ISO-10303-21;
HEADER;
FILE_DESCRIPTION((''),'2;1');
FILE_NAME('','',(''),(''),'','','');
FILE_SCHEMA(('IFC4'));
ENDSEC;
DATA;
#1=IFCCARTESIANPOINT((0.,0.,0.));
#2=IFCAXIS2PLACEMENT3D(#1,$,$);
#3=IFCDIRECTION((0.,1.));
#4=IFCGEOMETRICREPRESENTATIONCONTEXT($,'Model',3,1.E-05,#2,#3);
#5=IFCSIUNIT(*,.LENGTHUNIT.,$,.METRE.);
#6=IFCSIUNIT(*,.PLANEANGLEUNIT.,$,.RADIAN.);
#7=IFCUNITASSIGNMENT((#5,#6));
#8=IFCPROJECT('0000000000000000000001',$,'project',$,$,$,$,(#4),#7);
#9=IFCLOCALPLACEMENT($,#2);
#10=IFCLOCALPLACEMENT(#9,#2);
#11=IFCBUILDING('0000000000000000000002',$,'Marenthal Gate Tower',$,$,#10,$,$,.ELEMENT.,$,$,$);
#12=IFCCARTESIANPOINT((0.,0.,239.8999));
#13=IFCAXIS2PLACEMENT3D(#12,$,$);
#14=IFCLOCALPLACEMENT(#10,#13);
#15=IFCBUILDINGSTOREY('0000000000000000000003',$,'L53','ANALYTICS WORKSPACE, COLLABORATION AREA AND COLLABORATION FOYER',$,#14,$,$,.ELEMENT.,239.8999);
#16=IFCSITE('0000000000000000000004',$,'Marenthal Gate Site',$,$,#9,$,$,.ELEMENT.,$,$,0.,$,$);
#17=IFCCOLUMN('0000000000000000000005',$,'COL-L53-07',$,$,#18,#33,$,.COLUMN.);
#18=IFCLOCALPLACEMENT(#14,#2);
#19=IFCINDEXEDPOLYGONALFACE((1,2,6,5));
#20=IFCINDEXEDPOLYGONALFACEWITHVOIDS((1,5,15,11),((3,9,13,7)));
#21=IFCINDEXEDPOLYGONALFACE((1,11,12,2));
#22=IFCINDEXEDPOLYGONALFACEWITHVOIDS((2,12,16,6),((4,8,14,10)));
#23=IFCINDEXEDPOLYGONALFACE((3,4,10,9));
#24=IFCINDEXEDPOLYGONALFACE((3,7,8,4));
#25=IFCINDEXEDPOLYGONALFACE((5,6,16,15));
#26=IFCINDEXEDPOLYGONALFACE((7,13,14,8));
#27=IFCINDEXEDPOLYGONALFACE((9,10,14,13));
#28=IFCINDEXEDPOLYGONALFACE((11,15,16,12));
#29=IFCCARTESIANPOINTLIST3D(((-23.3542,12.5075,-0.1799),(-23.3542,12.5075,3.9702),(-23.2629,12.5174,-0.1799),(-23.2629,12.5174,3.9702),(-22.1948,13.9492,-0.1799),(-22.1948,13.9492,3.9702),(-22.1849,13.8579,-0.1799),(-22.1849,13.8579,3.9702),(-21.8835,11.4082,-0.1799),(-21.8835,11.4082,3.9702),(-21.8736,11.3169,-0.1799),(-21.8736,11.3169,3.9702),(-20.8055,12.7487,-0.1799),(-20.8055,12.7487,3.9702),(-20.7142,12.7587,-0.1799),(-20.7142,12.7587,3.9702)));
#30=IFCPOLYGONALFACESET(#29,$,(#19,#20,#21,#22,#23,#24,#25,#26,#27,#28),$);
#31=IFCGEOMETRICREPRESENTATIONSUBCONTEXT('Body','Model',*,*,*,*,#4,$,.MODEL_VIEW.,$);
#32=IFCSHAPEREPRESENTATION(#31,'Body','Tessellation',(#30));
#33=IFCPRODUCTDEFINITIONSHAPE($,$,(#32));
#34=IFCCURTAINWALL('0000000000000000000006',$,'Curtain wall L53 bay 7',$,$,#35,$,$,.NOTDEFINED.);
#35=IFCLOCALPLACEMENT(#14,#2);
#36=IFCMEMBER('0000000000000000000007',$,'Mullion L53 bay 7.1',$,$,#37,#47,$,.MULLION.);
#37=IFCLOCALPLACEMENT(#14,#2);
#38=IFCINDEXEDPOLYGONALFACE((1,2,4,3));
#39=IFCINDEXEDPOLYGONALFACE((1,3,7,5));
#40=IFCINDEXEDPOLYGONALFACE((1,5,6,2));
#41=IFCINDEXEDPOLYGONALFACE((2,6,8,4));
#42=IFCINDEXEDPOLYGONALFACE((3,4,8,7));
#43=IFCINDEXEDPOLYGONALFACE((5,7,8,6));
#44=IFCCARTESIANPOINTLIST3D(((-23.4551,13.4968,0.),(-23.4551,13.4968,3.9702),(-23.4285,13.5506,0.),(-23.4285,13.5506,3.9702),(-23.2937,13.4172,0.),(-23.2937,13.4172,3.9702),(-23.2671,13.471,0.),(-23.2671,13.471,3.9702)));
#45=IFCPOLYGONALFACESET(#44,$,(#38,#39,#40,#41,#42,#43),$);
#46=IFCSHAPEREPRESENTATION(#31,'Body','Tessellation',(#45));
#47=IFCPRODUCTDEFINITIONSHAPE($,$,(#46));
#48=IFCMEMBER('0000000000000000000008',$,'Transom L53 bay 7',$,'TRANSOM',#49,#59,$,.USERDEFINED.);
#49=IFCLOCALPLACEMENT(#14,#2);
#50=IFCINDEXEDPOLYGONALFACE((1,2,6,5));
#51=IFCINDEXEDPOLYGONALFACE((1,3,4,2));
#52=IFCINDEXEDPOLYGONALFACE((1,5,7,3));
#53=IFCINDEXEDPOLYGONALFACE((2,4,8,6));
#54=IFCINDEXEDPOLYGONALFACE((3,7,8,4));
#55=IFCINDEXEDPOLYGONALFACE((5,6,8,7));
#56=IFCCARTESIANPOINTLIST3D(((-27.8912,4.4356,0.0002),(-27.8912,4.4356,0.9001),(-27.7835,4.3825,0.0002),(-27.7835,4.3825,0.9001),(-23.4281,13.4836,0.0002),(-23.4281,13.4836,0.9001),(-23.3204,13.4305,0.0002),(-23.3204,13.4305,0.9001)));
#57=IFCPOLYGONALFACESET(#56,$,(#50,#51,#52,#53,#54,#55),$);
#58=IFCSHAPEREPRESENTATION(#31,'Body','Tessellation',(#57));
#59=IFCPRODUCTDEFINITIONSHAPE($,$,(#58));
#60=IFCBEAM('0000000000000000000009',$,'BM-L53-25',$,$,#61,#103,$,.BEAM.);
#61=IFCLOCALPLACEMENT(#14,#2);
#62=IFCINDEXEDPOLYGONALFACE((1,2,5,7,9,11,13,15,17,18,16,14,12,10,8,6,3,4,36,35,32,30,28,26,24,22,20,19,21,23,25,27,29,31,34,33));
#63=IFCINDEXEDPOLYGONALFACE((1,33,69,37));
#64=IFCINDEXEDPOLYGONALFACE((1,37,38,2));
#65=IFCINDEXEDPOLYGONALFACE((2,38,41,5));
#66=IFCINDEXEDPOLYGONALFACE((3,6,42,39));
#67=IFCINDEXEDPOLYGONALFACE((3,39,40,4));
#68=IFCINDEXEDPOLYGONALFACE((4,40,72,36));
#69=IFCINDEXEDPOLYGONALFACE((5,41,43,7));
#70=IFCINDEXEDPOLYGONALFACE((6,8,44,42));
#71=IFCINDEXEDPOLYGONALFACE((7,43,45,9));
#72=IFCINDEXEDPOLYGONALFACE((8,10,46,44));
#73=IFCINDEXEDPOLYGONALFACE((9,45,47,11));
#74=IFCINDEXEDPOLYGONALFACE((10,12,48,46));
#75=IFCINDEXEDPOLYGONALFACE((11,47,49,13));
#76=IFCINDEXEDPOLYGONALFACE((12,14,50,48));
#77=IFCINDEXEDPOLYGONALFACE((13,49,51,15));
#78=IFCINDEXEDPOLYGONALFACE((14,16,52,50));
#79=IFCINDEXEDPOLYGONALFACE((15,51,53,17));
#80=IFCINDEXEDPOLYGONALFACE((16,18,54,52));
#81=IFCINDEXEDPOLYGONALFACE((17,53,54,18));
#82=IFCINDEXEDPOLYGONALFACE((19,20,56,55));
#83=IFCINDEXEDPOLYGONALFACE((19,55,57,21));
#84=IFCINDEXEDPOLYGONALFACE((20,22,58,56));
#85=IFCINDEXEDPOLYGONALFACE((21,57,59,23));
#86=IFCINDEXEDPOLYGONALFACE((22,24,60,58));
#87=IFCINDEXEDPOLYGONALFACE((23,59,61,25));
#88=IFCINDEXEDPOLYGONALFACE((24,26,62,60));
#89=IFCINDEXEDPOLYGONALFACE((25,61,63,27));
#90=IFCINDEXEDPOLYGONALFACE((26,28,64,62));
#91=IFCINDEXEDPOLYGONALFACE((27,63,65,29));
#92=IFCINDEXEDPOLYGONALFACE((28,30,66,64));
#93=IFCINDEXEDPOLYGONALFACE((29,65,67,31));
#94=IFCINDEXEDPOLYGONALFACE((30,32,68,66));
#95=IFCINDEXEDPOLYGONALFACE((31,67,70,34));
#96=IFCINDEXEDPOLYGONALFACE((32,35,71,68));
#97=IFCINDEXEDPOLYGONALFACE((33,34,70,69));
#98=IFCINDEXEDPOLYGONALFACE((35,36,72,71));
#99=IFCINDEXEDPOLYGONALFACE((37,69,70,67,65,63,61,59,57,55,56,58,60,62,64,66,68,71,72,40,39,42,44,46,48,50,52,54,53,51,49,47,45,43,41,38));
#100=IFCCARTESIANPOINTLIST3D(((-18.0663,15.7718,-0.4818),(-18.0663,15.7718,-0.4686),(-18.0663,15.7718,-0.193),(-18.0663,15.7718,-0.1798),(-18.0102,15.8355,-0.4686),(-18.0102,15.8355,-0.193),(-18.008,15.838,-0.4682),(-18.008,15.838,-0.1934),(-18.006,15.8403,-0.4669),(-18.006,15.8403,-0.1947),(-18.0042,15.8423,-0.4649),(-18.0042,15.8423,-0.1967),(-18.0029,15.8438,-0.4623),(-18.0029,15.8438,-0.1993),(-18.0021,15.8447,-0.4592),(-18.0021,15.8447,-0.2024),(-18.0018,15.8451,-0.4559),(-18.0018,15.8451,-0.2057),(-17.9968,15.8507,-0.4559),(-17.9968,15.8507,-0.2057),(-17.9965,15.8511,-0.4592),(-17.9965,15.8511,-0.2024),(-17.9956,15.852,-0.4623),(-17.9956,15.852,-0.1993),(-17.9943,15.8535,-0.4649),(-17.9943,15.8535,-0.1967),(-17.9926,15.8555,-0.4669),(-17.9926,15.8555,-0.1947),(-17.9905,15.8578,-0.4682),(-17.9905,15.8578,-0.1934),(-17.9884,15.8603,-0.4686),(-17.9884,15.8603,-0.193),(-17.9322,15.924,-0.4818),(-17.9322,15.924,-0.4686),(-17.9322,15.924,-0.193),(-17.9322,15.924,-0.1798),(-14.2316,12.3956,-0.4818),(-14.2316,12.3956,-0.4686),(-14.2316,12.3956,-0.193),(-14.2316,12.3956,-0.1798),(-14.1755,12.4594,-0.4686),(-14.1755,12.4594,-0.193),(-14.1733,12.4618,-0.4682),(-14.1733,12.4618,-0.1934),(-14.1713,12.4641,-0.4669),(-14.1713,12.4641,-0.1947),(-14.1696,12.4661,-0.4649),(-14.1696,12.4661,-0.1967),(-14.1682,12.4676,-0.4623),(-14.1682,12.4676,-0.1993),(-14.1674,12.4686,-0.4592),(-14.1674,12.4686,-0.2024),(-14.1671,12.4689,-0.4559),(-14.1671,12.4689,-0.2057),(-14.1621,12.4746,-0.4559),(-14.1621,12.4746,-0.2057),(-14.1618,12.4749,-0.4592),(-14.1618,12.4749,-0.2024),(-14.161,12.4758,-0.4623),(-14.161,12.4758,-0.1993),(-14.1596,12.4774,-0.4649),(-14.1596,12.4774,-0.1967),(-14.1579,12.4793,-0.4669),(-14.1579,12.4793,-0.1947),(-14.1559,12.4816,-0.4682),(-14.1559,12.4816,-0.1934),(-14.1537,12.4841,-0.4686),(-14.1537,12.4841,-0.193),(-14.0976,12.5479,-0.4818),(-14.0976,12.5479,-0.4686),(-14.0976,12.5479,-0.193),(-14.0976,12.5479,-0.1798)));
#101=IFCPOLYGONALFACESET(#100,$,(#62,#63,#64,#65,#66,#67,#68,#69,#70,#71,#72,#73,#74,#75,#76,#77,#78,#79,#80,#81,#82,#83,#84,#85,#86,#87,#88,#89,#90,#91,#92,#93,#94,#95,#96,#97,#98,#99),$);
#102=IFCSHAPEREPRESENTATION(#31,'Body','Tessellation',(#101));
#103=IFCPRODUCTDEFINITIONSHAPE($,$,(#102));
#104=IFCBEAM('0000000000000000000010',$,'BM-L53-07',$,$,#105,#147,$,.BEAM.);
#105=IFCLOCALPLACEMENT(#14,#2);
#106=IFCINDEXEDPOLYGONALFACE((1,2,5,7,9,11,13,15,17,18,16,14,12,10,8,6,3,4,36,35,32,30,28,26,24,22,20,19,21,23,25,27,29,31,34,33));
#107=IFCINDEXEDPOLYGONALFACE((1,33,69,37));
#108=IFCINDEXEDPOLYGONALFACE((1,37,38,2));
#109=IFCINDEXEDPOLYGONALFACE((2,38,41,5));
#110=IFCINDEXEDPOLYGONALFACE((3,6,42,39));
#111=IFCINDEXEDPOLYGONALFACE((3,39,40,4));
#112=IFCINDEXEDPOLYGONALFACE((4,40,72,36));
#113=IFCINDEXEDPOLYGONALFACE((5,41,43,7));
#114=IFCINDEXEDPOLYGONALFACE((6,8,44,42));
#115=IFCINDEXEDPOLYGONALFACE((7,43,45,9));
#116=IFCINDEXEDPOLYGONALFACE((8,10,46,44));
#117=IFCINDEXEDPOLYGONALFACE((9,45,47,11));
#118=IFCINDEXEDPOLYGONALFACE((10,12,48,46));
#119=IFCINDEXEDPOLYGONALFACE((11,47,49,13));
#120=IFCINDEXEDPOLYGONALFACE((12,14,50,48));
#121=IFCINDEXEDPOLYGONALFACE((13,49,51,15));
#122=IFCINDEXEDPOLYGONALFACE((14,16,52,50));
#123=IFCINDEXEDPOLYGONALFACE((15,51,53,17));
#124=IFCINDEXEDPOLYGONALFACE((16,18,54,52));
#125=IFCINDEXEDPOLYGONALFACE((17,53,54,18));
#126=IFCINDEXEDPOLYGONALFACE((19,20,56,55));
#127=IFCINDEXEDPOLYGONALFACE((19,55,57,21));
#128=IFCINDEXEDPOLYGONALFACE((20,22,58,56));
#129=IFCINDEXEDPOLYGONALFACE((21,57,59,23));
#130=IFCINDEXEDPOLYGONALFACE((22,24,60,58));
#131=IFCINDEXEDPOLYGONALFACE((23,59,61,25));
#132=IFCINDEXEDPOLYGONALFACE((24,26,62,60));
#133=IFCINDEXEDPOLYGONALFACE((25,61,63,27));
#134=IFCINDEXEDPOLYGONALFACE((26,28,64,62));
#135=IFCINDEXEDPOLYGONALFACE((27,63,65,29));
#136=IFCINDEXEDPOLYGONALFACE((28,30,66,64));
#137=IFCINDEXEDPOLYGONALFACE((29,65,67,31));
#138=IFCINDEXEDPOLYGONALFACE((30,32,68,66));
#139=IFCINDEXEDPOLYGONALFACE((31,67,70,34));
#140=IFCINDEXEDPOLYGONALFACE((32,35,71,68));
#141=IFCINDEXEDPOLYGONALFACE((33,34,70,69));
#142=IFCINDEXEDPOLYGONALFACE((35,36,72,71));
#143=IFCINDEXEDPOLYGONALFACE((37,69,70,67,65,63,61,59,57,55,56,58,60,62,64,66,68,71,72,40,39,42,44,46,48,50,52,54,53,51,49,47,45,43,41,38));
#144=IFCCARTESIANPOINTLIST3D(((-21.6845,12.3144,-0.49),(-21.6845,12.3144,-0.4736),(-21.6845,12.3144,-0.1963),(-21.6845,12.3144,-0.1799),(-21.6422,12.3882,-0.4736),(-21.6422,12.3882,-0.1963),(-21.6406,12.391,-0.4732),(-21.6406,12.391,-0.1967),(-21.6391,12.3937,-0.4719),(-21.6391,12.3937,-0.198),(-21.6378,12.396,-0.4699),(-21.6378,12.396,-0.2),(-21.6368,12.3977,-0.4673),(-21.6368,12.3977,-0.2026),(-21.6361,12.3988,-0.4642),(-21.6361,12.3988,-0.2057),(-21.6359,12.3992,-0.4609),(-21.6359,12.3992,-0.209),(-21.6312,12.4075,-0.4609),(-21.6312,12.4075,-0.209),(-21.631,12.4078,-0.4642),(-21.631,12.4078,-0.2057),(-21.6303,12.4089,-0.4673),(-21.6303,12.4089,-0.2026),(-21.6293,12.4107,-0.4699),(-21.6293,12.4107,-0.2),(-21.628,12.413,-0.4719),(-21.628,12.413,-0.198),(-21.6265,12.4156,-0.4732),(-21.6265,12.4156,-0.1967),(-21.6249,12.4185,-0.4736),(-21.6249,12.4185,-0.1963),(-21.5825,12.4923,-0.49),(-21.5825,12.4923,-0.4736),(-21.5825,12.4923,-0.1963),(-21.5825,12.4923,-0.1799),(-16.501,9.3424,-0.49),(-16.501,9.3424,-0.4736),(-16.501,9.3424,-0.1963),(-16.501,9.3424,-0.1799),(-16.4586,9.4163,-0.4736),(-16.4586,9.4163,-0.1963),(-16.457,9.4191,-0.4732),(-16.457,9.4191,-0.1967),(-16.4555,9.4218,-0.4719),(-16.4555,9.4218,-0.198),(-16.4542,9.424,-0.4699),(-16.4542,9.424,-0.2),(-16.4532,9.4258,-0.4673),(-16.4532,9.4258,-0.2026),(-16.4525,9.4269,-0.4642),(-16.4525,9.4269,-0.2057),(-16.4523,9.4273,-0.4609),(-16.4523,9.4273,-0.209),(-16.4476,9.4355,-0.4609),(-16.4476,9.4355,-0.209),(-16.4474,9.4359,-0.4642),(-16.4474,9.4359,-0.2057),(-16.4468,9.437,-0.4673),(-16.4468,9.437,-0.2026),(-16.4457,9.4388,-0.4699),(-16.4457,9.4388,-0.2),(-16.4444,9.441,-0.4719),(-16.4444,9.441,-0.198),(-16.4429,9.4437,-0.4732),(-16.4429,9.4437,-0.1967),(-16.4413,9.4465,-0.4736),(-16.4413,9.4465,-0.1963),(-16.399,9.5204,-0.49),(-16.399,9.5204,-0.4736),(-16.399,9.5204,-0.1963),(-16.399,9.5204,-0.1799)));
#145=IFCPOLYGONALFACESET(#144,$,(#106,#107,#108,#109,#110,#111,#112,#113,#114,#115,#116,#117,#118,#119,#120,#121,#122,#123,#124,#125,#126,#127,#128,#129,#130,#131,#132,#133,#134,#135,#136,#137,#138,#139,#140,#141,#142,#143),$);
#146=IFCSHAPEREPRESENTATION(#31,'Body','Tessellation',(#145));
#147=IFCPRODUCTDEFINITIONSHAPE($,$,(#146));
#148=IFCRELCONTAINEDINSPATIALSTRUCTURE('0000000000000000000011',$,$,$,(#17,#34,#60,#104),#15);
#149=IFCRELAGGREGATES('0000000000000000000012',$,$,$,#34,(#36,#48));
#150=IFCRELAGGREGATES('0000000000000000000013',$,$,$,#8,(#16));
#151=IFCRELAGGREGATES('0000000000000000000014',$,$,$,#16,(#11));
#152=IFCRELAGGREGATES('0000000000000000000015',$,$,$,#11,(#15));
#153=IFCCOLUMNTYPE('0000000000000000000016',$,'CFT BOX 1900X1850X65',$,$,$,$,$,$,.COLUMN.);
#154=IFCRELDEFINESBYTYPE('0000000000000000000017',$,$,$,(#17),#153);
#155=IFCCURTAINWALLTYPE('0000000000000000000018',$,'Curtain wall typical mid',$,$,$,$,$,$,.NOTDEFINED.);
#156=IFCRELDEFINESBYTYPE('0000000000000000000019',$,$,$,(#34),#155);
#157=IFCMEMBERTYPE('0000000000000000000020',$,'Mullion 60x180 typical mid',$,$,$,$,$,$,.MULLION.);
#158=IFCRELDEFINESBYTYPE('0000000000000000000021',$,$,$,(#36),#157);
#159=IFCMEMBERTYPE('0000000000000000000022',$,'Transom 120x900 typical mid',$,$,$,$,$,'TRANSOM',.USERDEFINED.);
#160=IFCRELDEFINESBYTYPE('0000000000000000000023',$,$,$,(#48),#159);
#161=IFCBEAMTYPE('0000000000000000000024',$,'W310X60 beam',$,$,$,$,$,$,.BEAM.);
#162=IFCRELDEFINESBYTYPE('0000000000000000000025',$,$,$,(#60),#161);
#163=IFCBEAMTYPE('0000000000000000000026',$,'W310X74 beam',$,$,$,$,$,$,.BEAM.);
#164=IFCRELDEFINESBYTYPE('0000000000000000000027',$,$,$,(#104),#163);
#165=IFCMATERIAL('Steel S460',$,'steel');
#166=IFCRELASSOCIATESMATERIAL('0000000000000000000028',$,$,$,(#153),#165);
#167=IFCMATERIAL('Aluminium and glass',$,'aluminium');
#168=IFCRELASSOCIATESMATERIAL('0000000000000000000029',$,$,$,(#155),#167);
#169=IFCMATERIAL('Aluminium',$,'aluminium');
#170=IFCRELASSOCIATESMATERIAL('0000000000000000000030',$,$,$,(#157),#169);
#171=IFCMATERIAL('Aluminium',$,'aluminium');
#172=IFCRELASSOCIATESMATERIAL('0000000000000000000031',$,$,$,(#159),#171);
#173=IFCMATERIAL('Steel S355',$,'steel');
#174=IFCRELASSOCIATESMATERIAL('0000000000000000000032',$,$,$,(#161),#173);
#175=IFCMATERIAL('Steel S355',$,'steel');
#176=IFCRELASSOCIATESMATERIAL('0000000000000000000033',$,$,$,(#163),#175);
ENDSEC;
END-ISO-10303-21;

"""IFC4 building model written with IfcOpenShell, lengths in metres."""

from ifc_helpers import new_model, si_unit, direction, frame, origin, origin_2d, place, context, subcontext, project, spatial, rectangle, hollow_rectangle, i_section, extrude, material, material_profile, profile_set, type_object, element, aggregate, save


model = new_model("IFC4")

# Units and contexts
model_context = context("Model", 3, precision=1e-05, world=origin(), true_north=direction((0.0, 1.0)))
body_context = subcontext(model_context, "Body", "Model", "MODEL_VIEW")
ifc_project = project(units=[si_unit("LENGTHUNIT", "METRE"), si_unit("PLANEANGLEUNIT", "RADIAN")], contexts=[model_context])

# Site, building, storey
site_placement = place(None, origin())
site = spatial("IfcSite", under=ifc_project, at=site_placement, Name="Marenthal Gate Site", CompositionType="ELEMENT", RefElevation=0.0)
building_placement = place(site_placement, origin())
building = spatial("IfcBuilding", under=site, at=building_placement, Name="Marenthal Gate Tower", CompositionType="ELEMENT")
storey_placement = place(building_placement, frame((0.0, 0.0, 239.8999)))
storey = spatial("IfcBuildingStorey", under=building, at=storey_placement, Name="L53", Description="ANALYTICS WORKSPACE, COLLABORATION AREA AND COLLABORATION FOYER", CompositionType="ELEMENT", Elevation=239.8999)

# Column
ifc_material_1 = material(Name="Steel S460", Category="steel")
ifc_material_profile_1 = material_profile(ifc_material_1, hollow_rectangle(XDim=1.8501, YDim=1.8999, WallThickness=0.0649, at=origin_2d()), Name="CFT BOX 1900X1850X65")
ifc_material_2 = material(Name="Concrete 70 MPa", Category="concrete")
ifc_material_profile_2 = material_profile(ifc_material_2, rectangle(XDim=1.72, YDim=1.77, at=origin_2d()), Name="CFT BOX 1900X1850X65 INFILL")
ifc_profile_set_1 = profile_set([ifc_material_profile_1, ifc_material_profile_2], Name="Steel S460 shell, Concrete 70 MPa infill")
column_type = type_object("IfcColumnType", Name="CFT BOX 1900X1850X65", PredefinedType="COLUMN", material=ifc_profile_set_1)
column_placement = place(storey_placement, frame((-22.0342, 12.6331, -0.1799), z_axis=(0.0, 0.0, 1.0), x_axis=(0.626651, 0.7793, 0.0)))
element("IfcColumn", 1, at=column_placement, inside=storey, type_object=column_type, Name="COL-L53-07", PredefinedType="COLUMN", context=body_context, shape_type="SweptSolid", body=[
    extrude(hollow_rectangle(XDim=1.8501, YDim=1.8999, WallThickness=0.0649, at=origin_2d()), origin(), (0.0, 0.0, 1.0), 4.1501),
])

# Curtain wall, members
ifc_material_3 = material(Name="Aluminium and glass", Category="aluminium")
curtain_wall_type = type_object("IfcCurtainWallType", Name="Curtain wall typical mid", PredefinedType="NOTDEFINED", material=ifc_material_3)
curtain_wall_placement = place(storey_placement, origin())
curtain_wall = element("IfcCurtainWall", 2, at=curtain_wall_placement, inside=storey, type_object=curtain_wall_type, Name="Curtain wall L53 bay 7", PredefinedType="NOTDEFINED")
ifc_material_4 = material(Name="Aluminium", Category="aluminium")
ifc_material_profile_3 = material_profile(ifc_material_4, rectangle(XDim=0.1799, YDim=0.0601, at=origin_2d()), Name="60x180 aluminium mullion")
ifc_profile_set_2 = profile_set([ifc_material_profile_3], Name="Aluminium")
member_type_1 = type_object("IfcMemberType", Name="Mullion 60x180 typical mid", PredefinedType="MULLION", material=ifc_profile_set_2)
member_1_placement = place(storey_placement, frame((-23.3611, 13.4839, 0.0), z_axis=(0.0, 0.0, 1.0), x_axis=(0.896835, -0.442364, 0.0)))
member_1 = element("IfcMember", 3, at=member_1_placement, type_object=member_type_1, Name="Mullion L53 bay 7.1", PredefinedType="MULLION", context=body_context, shape_type="SweptSolid", body=[
    extrude(rectangle(XDim=0.1799, YDim=0.0601, at=origin_2d()), origin(), (0.0, 0.0, 1.0), 3.9702),
])
ifc_material_5 = material(Name="Aluminium", Category="aluminium")
ifc_material_profile_4 = material_profile(ifc_material_5, rectangle(XDim=0.1201, YDim=0.8999, at=origin_2d()), Name="120x900 aluminium transom")
ifc_profile_set_3 = profile_set([ifc_material_profile_4], Name="Aluminium")
member_type_2 = type_object("IfcMemberType", Name="Transom 120x900 typical mid", ElementType="TRANSOM", PredefinedType="USERDEFINED", material=ifc_profile_set_3)
member_2_placement = place(storey_placement, frame((-23.3743, 13.457, 0.4502), z_axis=(-0.442377, -0.896829, 0.0), x_axis=(0.896829, -0.442377, 0.0)))
member_2 = element("IfcMember", 4, at=member_2_placement, type_object=member_type_2, Name="Transom L53 bay 7", ObjectType="TRANSOM", PredefinedType="USERDEFINED", context=body_context, shape_type="SweptSolid", body=[
    extrude(rectangle(XDim=0.1201, YDim=0.8999, at=origin_2d()), origin(), (0.0, 0.0, 1.0), 10.0889),
])

# Beams
ifc_material_6 = material(Name="Steel S355", Category="steel")
ifc_material_profile_5 = material_profile(ifc_material_6, i_section(OverallWidth=0.2029, OverallDepth=0.302, WebThickness=0.0076, FlangeThickness=0.0132, FilletRadius=0.0127, at=origin_2d()), Name="W310X60")
ifc_profile_set_4 = profile_set([ifc_material_profile_5], Name="Steel S355")
beam_type_1 = type_object("IfcBeamType", Name="W310X60 beam", PredefinedType="BEAM", material=ifc_profile_set_4)
beam_1_placement = place(storey_placement, frame((-17.9993, 15.8479, -0.3308), z_axis=(0.750551, -0.660812, 0.0), x_axis=(0.660812, 0.750551, 0.0)))
element("IfcBeam", 5, at=beam_1_placement, inside=storey, type_object=beam_type_1, Name="BM-L53-25", PredefinedType="BEAM", context=body_context, shape_type="SweptSolid", body=[
    extrude(i_section(OverallWidth=0.2029, OverallDepth=0.302, WebThickness=0.0076, FlangeThickness=0.0132, FilletRadius=0.0127, at=origin_2d()), origin(), (0.0, 0.0, 1.0), 5.1091),
])
ifc_material_7 = material(Name="Steel S355", Category="steel")
ifc_material_profile_6 = material_profile(ifc_material_7, i_section(OverallWidth=0.2051, OverallDepth=0.3101, WebThickness=0.0095, FlangeThickness=0.0164, FilletRadius=0.0127, at=origin_2d()), Name="W310X74")
ifc_profile_set_5 = profile_set([ifc_material_profile_6], Name="Steel S355")
beam_type_2 = type_object("IfcBeamType", Name="W310X74 beam", PredefinedType="BEAM", material=ifc_profile_set_5)
beam_2_placement = place(storey_placement, frame((-21.6335, 12.4033, -0.335), z_axis=(0.867531, -0.497384, 0.0), x_axis=(0.497384, 0.867531, 0.0)))
element("IfcBeam", 6, at=beam_2_placement, inside=storey, type_object=beam_type_2, Name="BM-L53-07", PredefinedType="BEAM", context=body_context, shape_type="SweptSolid", body=[
    extrude(i_section(OverallWidth=0.2051, OverallDepth=0.3101, WebThickness=0.0095, FlangeThickness=0.0164, FilletRadius=0.0127, at=origin_2d()), origin(), (0.0, 0.0, 1.0), 5.9751),
])

aggregate(curtain_wall, [member_1, member_2])

save(model, "model.ifc")
